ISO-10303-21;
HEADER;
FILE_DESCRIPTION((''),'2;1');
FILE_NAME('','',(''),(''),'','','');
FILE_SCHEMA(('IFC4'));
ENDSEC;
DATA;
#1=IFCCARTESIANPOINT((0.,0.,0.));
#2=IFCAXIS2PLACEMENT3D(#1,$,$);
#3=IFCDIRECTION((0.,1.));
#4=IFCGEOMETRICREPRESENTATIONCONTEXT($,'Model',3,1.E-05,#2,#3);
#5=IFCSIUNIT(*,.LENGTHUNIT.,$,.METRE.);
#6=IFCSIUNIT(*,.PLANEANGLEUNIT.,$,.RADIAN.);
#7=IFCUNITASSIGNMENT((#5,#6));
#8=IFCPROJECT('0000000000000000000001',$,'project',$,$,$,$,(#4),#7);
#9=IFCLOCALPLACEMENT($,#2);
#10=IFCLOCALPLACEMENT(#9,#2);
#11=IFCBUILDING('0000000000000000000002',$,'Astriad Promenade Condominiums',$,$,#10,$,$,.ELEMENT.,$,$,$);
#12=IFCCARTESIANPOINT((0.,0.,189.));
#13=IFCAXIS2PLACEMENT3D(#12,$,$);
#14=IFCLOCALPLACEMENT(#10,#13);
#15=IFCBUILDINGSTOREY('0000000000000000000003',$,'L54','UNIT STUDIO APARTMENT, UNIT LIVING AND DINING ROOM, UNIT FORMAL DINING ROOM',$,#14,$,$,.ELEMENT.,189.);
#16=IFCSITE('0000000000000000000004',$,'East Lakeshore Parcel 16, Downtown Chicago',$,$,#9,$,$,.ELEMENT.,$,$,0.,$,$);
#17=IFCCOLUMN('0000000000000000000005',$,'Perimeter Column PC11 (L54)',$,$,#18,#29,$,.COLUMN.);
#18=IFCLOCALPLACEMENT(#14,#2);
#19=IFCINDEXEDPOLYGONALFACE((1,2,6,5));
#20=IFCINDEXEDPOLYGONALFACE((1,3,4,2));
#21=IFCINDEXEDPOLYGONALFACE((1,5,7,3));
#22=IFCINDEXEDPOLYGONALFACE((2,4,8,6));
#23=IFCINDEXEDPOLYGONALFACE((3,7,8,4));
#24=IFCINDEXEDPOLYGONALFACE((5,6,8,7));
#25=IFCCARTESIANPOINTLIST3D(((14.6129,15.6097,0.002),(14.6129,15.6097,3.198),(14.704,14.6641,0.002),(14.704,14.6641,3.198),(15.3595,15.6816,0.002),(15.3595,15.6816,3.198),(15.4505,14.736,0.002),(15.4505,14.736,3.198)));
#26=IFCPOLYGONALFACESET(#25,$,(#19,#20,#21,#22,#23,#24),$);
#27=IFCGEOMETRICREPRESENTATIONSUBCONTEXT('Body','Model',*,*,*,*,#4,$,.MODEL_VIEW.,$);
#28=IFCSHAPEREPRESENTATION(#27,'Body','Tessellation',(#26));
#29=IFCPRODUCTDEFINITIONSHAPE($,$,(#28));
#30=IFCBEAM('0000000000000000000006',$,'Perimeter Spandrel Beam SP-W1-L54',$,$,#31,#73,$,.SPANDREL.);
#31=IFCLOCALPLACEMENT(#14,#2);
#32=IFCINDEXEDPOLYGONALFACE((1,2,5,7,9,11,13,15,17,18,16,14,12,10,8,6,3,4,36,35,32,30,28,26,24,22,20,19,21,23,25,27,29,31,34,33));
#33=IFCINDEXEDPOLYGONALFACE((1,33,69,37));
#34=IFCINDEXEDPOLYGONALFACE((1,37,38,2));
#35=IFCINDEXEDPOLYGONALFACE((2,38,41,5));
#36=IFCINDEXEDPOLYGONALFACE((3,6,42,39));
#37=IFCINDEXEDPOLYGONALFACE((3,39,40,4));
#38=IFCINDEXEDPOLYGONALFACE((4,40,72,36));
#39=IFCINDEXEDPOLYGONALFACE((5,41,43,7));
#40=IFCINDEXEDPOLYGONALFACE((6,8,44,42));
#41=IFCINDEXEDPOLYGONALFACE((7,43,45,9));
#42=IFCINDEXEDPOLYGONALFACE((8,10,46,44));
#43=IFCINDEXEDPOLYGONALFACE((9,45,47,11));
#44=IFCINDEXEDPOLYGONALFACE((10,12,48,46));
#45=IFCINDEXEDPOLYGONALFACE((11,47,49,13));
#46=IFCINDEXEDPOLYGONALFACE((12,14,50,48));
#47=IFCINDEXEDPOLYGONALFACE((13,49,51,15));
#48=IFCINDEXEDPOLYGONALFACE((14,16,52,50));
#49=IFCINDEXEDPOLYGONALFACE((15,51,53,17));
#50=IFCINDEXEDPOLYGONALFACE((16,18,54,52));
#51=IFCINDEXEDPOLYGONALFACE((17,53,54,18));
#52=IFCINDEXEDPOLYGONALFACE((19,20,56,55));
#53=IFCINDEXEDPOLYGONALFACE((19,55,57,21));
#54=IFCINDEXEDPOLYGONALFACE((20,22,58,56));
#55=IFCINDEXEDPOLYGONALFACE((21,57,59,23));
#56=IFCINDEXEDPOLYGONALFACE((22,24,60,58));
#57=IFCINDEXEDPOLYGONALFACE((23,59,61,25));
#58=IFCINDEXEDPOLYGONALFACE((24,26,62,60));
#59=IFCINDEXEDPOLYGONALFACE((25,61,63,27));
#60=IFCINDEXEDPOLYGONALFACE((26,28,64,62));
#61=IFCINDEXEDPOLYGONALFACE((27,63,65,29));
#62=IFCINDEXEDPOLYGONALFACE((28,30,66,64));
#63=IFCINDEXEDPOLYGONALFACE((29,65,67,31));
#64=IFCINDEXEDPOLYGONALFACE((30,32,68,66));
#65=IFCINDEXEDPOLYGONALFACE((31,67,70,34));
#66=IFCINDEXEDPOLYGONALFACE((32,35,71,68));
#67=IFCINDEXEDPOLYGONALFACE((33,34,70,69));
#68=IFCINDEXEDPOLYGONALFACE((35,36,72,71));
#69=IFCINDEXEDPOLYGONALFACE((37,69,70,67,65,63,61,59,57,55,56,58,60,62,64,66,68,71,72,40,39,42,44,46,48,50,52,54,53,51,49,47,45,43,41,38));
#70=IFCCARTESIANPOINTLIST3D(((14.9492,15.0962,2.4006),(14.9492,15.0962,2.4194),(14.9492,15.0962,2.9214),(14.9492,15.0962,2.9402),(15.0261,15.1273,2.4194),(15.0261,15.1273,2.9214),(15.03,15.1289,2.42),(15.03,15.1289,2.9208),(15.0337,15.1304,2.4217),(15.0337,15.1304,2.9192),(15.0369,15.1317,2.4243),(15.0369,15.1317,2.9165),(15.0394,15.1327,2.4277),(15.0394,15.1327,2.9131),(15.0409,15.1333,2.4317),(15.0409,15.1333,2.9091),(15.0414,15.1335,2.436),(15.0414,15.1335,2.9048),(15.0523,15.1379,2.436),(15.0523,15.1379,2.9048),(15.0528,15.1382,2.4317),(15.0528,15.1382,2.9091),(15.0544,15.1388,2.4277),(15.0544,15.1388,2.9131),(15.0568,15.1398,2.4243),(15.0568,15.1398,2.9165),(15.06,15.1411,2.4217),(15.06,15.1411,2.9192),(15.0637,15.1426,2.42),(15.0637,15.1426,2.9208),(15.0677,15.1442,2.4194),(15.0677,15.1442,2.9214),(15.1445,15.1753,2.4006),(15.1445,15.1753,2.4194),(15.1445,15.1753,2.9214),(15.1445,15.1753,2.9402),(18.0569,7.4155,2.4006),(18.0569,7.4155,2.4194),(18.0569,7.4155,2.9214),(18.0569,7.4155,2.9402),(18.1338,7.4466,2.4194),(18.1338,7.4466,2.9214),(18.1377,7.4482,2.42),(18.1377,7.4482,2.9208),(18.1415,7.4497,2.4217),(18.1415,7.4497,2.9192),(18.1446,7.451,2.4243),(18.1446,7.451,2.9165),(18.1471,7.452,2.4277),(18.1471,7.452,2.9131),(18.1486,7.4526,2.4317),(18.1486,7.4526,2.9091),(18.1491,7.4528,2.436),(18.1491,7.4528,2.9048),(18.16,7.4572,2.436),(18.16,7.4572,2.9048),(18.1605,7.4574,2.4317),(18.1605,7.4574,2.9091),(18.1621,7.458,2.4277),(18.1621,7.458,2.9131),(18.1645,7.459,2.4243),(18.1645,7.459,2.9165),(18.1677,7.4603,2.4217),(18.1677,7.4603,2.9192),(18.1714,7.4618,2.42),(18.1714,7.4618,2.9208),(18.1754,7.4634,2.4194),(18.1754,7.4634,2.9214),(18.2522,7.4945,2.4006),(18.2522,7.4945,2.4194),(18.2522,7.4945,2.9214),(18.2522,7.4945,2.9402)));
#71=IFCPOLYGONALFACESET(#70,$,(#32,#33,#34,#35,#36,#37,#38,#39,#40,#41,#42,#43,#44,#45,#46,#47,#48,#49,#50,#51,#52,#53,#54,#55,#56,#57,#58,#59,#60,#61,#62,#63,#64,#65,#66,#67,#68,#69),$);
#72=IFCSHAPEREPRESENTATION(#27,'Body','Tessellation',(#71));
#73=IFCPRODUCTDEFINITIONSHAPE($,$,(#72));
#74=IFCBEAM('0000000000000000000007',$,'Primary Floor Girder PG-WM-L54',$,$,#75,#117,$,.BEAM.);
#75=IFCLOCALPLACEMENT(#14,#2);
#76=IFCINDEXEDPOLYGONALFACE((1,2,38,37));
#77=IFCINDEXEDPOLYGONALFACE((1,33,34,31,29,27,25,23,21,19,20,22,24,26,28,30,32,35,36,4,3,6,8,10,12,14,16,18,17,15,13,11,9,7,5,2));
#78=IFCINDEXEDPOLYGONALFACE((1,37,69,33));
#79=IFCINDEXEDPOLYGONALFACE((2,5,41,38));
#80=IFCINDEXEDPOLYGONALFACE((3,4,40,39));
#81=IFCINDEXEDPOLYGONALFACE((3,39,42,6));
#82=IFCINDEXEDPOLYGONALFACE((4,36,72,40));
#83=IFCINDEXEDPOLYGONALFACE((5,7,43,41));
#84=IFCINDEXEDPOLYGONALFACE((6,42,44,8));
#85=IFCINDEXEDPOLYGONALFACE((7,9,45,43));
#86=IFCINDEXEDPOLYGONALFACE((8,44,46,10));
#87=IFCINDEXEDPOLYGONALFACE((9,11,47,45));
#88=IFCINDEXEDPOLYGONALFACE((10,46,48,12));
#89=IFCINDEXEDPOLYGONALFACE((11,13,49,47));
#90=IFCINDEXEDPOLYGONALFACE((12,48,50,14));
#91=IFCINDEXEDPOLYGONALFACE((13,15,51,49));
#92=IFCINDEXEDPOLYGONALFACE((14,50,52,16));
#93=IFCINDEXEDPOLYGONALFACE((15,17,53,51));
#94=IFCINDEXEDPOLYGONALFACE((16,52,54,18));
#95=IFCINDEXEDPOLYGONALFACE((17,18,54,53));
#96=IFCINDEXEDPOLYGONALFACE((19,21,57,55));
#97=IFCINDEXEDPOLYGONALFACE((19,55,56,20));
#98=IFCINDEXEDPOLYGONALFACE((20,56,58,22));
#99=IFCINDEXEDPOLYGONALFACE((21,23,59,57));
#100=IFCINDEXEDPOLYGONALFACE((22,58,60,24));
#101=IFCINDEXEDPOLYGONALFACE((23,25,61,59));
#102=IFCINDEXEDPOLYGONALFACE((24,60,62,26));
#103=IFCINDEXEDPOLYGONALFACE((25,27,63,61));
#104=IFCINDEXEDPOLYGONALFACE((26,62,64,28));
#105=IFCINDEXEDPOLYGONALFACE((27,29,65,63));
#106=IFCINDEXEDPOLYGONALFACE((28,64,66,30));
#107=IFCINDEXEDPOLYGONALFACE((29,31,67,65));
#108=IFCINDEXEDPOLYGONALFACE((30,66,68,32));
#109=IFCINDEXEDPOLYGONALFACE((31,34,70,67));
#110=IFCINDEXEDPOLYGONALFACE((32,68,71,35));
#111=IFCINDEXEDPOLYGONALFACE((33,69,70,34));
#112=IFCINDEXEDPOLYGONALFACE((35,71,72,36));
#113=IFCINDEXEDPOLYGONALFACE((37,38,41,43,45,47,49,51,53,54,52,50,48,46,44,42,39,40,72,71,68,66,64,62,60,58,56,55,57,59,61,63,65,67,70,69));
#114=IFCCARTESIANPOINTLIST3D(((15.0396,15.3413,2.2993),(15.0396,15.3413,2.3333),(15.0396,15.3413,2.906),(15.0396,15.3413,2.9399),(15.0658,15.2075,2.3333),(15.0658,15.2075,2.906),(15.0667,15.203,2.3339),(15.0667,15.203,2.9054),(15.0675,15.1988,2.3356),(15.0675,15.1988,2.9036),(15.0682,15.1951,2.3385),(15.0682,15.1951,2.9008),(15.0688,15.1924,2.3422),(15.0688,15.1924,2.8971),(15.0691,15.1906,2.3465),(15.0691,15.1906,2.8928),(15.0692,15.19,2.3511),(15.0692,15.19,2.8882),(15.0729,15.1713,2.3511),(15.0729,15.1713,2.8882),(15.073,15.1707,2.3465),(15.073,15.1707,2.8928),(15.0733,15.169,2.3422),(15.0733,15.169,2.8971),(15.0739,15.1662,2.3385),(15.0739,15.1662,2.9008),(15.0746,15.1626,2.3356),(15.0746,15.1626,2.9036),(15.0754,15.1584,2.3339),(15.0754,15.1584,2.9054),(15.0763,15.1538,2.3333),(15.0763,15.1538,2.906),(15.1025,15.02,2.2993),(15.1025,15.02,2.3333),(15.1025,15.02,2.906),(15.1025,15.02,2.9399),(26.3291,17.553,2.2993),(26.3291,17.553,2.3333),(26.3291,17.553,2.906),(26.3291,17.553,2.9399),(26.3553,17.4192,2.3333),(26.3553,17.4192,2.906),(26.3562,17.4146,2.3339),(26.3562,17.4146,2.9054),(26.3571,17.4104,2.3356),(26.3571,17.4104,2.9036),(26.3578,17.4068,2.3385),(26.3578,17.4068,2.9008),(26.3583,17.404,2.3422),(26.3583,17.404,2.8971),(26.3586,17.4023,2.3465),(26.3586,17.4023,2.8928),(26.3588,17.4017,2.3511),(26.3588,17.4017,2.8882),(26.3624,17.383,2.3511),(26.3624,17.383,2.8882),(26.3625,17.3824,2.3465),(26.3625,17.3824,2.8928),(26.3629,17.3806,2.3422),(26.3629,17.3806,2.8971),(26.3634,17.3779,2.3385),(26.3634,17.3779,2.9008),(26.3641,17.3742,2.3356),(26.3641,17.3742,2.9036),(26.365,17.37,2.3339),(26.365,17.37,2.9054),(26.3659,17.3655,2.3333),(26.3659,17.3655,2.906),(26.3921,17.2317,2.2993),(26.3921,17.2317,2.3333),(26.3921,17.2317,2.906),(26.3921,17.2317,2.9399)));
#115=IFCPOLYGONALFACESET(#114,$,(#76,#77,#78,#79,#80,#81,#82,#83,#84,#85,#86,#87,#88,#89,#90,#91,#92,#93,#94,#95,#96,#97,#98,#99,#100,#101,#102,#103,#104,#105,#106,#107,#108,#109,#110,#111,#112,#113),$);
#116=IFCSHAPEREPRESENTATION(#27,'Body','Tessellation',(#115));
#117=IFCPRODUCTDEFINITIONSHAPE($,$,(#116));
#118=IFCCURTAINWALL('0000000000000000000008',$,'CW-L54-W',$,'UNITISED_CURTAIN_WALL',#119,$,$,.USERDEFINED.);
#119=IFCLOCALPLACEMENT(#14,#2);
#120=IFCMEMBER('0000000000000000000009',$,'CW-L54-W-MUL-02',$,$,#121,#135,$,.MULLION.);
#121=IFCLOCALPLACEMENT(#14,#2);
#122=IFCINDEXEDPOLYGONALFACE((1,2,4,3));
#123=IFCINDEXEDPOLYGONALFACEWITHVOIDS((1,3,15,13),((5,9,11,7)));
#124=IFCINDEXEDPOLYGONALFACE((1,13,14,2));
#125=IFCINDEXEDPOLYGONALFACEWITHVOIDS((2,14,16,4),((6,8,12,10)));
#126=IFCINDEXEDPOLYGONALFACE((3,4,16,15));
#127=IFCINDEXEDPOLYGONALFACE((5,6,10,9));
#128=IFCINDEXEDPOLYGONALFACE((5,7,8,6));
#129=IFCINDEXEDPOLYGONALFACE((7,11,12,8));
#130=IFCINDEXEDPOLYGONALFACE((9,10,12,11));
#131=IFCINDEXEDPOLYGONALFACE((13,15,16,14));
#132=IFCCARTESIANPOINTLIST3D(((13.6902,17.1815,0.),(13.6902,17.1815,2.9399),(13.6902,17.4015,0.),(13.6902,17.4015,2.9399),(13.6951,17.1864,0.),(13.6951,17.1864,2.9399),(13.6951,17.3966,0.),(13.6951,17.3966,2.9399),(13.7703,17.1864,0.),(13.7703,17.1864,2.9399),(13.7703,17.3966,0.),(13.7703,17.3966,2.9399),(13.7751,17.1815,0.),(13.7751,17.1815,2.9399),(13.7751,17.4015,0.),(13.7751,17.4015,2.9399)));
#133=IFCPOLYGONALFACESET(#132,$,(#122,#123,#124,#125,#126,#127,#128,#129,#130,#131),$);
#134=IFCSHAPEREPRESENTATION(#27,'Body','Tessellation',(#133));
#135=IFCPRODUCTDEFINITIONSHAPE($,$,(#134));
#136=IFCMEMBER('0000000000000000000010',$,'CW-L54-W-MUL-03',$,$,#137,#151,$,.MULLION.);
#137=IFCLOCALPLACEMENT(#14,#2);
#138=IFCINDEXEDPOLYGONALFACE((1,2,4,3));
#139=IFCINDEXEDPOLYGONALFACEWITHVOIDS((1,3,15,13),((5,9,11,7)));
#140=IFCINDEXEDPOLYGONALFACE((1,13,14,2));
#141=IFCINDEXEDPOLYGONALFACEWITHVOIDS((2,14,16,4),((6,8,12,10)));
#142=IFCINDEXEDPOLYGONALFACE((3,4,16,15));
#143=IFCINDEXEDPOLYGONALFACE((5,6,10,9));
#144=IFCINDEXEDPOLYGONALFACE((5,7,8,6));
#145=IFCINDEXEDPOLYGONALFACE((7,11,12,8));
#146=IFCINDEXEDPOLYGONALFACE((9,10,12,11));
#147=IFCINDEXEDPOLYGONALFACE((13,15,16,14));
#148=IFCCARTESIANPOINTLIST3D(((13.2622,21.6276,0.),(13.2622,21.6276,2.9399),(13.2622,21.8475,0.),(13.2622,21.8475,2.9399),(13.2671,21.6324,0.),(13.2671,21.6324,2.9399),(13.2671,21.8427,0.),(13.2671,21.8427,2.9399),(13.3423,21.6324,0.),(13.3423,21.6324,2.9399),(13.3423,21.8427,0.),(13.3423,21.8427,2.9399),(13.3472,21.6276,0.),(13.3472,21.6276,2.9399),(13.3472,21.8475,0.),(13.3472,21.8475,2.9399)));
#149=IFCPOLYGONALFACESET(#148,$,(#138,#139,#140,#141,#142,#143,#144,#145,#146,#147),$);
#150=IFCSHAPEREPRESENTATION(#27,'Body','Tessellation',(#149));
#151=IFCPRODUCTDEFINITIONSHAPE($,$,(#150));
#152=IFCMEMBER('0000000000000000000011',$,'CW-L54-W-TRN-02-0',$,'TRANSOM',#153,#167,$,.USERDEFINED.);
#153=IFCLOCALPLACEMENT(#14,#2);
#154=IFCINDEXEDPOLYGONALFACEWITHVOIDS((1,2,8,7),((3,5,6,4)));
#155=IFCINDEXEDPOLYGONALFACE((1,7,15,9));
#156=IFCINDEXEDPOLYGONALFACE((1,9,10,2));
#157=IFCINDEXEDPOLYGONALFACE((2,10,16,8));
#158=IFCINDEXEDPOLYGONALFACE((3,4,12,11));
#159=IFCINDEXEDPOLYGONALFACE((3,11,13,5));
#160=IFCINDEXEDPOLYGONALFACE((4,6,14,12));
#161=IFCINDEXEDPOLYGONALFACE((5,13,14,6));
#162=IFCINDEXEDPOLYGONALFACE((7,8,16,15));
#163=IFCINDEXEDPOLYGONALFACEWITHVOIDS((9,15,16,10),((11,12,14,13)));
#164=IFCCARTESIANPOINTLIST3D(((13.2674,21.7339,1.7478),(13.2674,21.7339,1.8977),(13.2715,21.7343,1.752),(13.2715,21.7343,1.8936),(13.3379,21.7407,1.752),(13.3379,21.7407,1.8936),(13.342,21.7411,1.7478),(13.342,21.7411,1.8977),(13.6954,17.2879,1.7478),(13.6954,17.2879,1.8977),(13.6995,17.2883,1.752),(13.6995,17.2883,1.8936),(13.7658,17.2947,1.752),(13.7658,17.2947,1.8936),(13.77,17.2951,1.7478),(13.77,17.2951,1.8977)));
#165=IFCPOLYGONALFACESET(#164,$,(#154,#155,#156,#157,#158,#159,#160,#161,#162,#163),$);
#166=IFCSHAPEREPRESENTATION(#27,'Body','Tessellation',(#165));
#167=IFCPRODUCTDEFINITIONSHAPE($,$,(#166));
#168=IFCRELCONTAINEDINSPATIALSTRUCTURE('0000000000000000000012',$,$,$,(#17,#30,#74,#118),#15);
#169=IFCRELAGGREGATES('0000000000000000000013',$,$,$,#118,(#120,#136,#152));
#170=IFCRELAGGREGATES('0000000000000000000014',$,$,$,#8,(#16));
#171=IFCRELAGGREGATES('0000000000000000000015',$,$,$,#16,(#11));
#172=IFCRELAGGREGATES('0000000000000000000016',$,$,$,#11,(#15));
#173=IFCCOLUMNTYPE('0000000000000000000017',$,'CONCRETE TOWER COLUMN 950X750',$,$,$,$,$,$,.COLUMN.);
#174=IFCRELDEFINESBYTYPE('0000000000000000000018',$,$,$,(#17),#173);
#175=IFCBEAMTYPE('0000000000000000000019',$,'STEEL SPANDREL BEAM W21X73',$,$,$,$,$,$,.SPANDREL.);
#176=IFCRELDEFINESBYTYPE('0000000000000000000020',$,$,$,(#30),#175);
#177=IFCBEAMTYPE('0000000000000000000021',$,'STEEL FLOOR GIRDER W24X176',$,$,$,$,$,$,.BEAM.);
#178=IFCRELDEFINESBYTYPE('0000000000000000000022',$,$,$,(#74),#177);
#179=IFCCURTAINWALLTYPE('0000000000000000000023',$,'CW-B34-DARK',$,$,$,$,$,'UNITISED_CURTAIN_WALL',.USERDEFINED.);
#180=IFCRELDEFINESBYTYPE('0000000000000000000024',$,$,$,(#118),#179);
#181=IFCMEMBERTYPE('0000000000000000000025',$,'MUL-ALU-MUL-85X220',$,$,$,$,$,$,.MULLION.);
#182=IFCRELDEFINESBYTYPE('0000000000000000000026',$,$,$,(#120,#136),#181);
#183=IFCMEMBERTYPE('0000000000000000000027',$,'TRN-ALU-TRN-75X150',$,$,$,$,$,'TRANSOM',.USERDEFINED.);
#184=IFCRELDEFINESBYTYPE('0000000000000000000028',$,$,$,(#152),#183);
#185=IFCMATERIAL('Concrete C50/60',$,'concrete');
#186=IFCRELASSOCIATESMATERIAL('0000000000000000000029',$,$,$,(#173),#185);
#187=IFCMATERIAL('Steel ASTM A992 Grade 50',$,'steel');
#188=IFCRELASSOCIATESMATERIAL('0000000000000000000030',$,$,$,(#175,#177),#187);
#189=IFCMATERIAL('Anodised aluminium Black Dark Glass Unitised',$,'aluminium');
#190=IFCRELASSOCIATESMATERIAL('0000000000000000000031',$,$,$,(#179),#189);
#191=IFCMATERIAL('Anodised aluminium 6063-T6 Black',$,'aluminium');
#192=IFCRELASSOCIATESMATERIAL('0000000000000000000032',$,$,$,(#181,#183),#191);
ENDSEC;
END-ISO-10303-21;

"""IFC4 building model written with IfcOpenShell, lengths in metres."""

from ifc_helpers import new_model, si_unit, direction, frame, origin, origin_2d, place, context, subcontext, project, spatial, rectangle, hollow_rectangle, i_section, extrude, source, transform, mapped, material, material_profile, profile_set, type_object, type_shapes, element, aggregate, save


model = new_model("IFC4")

# Units and contexts
model_context = context("Model", 3, precision=1e-05, world=origin(), true_north=direction((0.0, 1.0)))
body_context = subcontext(model_context, "Body", "Model", "MODEL_VIEW")
ifc_project = project(units=[si_unit("LENGTHUNIT", "METRE"), si_unit("PLANEANGLEUNIT", "RADIAN")], contexts=[model_context])

# Site, building, storey
site_placement = place(None, origin())
site = spatial("IfcSite", under=ifc_project, at=site_placement, Name="East Lakeshore Parcel 16, Downtown Chicago", CompositionType="ELEMENT", RefElevation=0.0)
building_placement = place(site_placement, origin())
building = spatial("IfcBuilding", under=site, at=building_placement, Name="Astriad Promenade Condominiums", CompositionType="ELEMENT")
storey_placement = place(building_placement, frame((0.0, 0.0, 189.0)))
storey = spatial("IfcBuildingStorey", under=building, at=storey_placement, Name="L54", Description="UNIT STUDIO APARTMENT, UNIT LIVING AND DINING ROOM, UNIT FORMAL DINING ROOM", CompositionType="ELEMENT", Elevation=189.0)

# Column
ifc_material_1 = material(Name="Concrete C50/60", Category="concrete")
ifc_material_profile_1 = material_profile(ifc_material_1, rectangle(XDim=0.75, YDim=0.95, at=origin_2d()), Name="RC-COL-950X750")
ifc_profile_set_1 = profile_set([ifc_material_profile_1], Name="Concrete C50/60")
column_type = type_object("IfcColumnType", Name="CONCRETE TOWER COLUMN 950X750", PredefinedType="COLUMN", material=ifc_profile_set_1)
shared_shape_1 = source(origin(), body_context, "Body", "SweptSolid", [
    extrude(rectangle(XDim=0.75, YDim=0.95, at=origin_2d()), origin(), (0.0, 0.0, 1.0), 3.196),
])
type_shapes(column_type, [shared_shape_1])
column_placement = place(storey_placement, frame((15.0317, 15.1729, 0.002), z_axis=(0.0, 0.0, 1.0), x_axis=(0.995396, 0.095846, 0.0)))
element("IfcColumn", 1, at=column_placement, inside=storey, type_object=column_type, Name="Perimeter Column PC11 (L54)", PredefinedType="COLUMN", context=body_context, shape_type="MappedRepresentation", body=[
    mapped(shared_shape_1, transform((0.0, 0.0, 0.0), scale=1.0)),
])

# Beams
ifc_material_2 = material(Name="Steel ASTM A992 Grade 50", Category="steel")
ifc_material_profile_2 = material_profile(ifc_material_2, i_section(OverallWidth=0.2107, OverallDepth=0.5396, WebThickness=0.0117, FlangeThickness=0.0188, FilletRadius=0.0166, at=origin_2d()), Name="W21X73")
ifc_profile_set_2 = profile_set([ifc_material_profile_2], Name="Steel ASTM A992 Grade 50")
beam_type_1 = type_object("IfcBeamType", Name="STEEL SPANDREL BEAM W21X73", PredefinedType="SPANDREL", material=ifc_profile_set_2)
shared_shape_2 = source(origin(), body_context, "Body", "SweptSolid", [
    extrude(i_section(OverallWidth=0.2107, OverallDepth=0.5396, WebThickness=0.0117, FlangeThickness=0.0188, FilletRadius=0.0166, at=origin_2d()), origin(), (0.0, 0.0, 1.0), 8.2856),
])
type_shapes(beam_type_1, [shared_shape_2])
beam_1_placement = place(storey_placement, frame((15.0469, 15.1357, 2.6704), z_axis=(0.375071, -0.926996, 0.0), x_axis=(0.926996, 0.375071, 0.0)))
element("IfcBeam", 2, at=beam_1_placement, inside=storey, type_object=beam_type_1, Name="Perimeter Spandrel Beam SP-W1-L54", PredefinedType="SPANDREL", context=body_context, shape_type="MappedRepresentation", body=[
    mapped(shared_shape_2, transform((0.0, 0.0, 0.0), scale=1.0)),
])
ifc_material_profile_3 = material_profile(ifc_material_2, i_section(OverallWidth=0.3274, OverallDepth=0.6406, WebThickness=0.019, FlangeThickness=0.0339, FilletRadius=0.0178, at=origin_2d()), Name="W24X176")
ifc_profile_set_3 = profile_set([ifc_material_profile_3], Name="Steel ASTM A992 Grade 50")
beam_type_2 = type_object("IfcBeamType", Name="STEEL FLOOR GIRDER W24X176", PredefinedType="BEAM", material=ifc_profile_set_3)
shared_shape_3 = source(origin(), body_context, "Body", "SweptSolid", [
    extrude(i_section(OverallWidth=0.3274, OverallDepth=0.6406, WebThickness=0.019, FlangeThickness=0.0339, FilletRadius=0.0178, at=origin_2d()), origin(), (0.0, 0.0, 1.0), 11.5042),
])
type_shapes(beam_type_2, [shared_shape_3])
beam_2_placement = place(storey_placement, frame((15.071, 15.1807, 2.6196), z_axis=(0.981346, 0.19225, 0.0), x_axis=(-0.19225, 0.981346, 0.0)))
element("IfcBeam", 3, at=beam_2_placement, inside=storey, type_object=beam_type_2, Name="Primary Floor Girder PG-WM-L54", PredefinedType="BEAM", context=body_context, shape_type="MappedRepresentation", body=[
    mapped(shared_shape_3, transform((0.0, 0.0, 0.0), scale=1.0)),
])

# Curtain wall, members
ifc_material_3 = material(Name="Anodised aluminium Black Dark Glass Unitised", Category="aluminium")
curtain_wall_type = type_object("IfcCurtainWallType", Name="CW-B34-DARK", ElementType="UNITISED_CURTAIN_WALL", PredefinedType="USERDEFINED", material=ifc_material_3)
curtain_wall_placement = place(storey_placement, origin())
curtain_wall = element("IfcCurtainWall", 4, at=curtain_wall_placement, inside=storey, type_object=curtain_wall_type, Name="CW-L54-W", ObjectType="UNITISED_CURTAIN_WALL", PredefinedType="USERDEFINED")
ifc_material_4 = material(Name="Anodised aluminium 6063-T6 Black", Category="aluminium")
ifc_material_profile_4 = material_profile(ifc_material_4, hollow_rectangle(XDim=0.085, YDim=0.22, WallThickness=0.0049, at=origin_2d()), Name="ALU-MUL-85X220")
ifc_profile_set_4 = profile_set([ifc_material_profile_4], Name="Anodised aluminium 6063-T6 Black")
member_type_1 = type_object("IfcMemberType", Name="MUL-ALU-MUL-85X220", PredefinedType="MULLION", material=ifc_profile_set_4)
shared_shape_4 = source(origin(), body_context, "Body", "SweptSolid", [
    extrude(hollow_rectangle(XDim=0.085, YDim=0.22, WallThickness=0.0049, at=origin_2d()), origin(), (0.0, 0.0, 1.0), 2.9399),
])
type_shapes(member_type_1, [shared_shape_4])
member_1_placement = place(storey_placement, frame((13.7327, 17.2915, 0.0), z_axis=(0.0, 0.0, 1.0), x_axis=(1.0, 0.0, 0.0)))
member_1 = element("IfcMember", 5, at=member_1_placement, type_object=member_type_1, Name="CW-L54-W-MUL-02", PredefinedType="MULLION", context=body_context, shape_type="MappedRepresentation", body=[
    mapped(shared_shape_4, transform((0.0, 0.0, 0.0), scale=1.0)),
])
member_2_placement = place(storey_placement, frame((13.3047, 21.7375, 0.0), z_axis=(0.0, 0.0, 1.0), x_axis=(1.0, 0.0, 0.0)))
member_2 = element("IfcMember", 6, at=member_2_placement, type_object=member_type_1, Name="CW-L54-W-MUL-03", PredefinedType="MULLION", context=body_context, shape_type="MappedRepresentation", body=[
    mapped(shared_shape_4, transform((0.0, 0.0, 0.0), scale=1.0)),
])
ifc_material_profile_5 = material_profile(ifc_material_4, hollow_rectangle(XDim=0.075, YDim=0.1499, WallThickness=0.0042, at=origin_2d()), Name="ALU-TRN-75X150")
ifc_profile_set_5 = profile_set([ifc_material_profile_5], Name="Anodised aluminium 6063-T6 Black")
member_type_2 = type_object("IfcMemberType", Name="TRN-ALU-TRN-75X150", ElementType="TRANSOM", PredefinedType="USERDEFINED", material=ifc_profile_set_5)
shared_shape_5 = source(origin(), body_context, "Body", "SweptSolid", [
    extrude(hollow_rectangle(XDim=0.075, YDim=0.1499, WallThickness=0.0042, at=origin_2d()), origin(), (0.0, 0.0, 1.0), 4.4666),
])
type_shapes(member_type_2, [shared_shape_5])
member_3_placement = place(storey_placement, frame((13.7327, 17.2915, 1.8228), z_axis=(-0.095818, 0.995399, 0.0), x_axis=(-0.995399, -0.095818, 0.0)))
member_3 = element("IfcMember", 7, at=member_3_placement, type_object=member_type_2, Name="CW-L54-W-TRN-02-0", ObjectType="TRANSOM", PredefinedType="USERDEFINED", context=body_context, shape_type="MappedRepresentation", body=[
    mapped(shared_shape_5, transform((0.0, 0.0, 0.0), scale=1.0)),
])
aggregate(curtain_wall, [member_1, member_2, member_3])

save(model, "model.ifc")
